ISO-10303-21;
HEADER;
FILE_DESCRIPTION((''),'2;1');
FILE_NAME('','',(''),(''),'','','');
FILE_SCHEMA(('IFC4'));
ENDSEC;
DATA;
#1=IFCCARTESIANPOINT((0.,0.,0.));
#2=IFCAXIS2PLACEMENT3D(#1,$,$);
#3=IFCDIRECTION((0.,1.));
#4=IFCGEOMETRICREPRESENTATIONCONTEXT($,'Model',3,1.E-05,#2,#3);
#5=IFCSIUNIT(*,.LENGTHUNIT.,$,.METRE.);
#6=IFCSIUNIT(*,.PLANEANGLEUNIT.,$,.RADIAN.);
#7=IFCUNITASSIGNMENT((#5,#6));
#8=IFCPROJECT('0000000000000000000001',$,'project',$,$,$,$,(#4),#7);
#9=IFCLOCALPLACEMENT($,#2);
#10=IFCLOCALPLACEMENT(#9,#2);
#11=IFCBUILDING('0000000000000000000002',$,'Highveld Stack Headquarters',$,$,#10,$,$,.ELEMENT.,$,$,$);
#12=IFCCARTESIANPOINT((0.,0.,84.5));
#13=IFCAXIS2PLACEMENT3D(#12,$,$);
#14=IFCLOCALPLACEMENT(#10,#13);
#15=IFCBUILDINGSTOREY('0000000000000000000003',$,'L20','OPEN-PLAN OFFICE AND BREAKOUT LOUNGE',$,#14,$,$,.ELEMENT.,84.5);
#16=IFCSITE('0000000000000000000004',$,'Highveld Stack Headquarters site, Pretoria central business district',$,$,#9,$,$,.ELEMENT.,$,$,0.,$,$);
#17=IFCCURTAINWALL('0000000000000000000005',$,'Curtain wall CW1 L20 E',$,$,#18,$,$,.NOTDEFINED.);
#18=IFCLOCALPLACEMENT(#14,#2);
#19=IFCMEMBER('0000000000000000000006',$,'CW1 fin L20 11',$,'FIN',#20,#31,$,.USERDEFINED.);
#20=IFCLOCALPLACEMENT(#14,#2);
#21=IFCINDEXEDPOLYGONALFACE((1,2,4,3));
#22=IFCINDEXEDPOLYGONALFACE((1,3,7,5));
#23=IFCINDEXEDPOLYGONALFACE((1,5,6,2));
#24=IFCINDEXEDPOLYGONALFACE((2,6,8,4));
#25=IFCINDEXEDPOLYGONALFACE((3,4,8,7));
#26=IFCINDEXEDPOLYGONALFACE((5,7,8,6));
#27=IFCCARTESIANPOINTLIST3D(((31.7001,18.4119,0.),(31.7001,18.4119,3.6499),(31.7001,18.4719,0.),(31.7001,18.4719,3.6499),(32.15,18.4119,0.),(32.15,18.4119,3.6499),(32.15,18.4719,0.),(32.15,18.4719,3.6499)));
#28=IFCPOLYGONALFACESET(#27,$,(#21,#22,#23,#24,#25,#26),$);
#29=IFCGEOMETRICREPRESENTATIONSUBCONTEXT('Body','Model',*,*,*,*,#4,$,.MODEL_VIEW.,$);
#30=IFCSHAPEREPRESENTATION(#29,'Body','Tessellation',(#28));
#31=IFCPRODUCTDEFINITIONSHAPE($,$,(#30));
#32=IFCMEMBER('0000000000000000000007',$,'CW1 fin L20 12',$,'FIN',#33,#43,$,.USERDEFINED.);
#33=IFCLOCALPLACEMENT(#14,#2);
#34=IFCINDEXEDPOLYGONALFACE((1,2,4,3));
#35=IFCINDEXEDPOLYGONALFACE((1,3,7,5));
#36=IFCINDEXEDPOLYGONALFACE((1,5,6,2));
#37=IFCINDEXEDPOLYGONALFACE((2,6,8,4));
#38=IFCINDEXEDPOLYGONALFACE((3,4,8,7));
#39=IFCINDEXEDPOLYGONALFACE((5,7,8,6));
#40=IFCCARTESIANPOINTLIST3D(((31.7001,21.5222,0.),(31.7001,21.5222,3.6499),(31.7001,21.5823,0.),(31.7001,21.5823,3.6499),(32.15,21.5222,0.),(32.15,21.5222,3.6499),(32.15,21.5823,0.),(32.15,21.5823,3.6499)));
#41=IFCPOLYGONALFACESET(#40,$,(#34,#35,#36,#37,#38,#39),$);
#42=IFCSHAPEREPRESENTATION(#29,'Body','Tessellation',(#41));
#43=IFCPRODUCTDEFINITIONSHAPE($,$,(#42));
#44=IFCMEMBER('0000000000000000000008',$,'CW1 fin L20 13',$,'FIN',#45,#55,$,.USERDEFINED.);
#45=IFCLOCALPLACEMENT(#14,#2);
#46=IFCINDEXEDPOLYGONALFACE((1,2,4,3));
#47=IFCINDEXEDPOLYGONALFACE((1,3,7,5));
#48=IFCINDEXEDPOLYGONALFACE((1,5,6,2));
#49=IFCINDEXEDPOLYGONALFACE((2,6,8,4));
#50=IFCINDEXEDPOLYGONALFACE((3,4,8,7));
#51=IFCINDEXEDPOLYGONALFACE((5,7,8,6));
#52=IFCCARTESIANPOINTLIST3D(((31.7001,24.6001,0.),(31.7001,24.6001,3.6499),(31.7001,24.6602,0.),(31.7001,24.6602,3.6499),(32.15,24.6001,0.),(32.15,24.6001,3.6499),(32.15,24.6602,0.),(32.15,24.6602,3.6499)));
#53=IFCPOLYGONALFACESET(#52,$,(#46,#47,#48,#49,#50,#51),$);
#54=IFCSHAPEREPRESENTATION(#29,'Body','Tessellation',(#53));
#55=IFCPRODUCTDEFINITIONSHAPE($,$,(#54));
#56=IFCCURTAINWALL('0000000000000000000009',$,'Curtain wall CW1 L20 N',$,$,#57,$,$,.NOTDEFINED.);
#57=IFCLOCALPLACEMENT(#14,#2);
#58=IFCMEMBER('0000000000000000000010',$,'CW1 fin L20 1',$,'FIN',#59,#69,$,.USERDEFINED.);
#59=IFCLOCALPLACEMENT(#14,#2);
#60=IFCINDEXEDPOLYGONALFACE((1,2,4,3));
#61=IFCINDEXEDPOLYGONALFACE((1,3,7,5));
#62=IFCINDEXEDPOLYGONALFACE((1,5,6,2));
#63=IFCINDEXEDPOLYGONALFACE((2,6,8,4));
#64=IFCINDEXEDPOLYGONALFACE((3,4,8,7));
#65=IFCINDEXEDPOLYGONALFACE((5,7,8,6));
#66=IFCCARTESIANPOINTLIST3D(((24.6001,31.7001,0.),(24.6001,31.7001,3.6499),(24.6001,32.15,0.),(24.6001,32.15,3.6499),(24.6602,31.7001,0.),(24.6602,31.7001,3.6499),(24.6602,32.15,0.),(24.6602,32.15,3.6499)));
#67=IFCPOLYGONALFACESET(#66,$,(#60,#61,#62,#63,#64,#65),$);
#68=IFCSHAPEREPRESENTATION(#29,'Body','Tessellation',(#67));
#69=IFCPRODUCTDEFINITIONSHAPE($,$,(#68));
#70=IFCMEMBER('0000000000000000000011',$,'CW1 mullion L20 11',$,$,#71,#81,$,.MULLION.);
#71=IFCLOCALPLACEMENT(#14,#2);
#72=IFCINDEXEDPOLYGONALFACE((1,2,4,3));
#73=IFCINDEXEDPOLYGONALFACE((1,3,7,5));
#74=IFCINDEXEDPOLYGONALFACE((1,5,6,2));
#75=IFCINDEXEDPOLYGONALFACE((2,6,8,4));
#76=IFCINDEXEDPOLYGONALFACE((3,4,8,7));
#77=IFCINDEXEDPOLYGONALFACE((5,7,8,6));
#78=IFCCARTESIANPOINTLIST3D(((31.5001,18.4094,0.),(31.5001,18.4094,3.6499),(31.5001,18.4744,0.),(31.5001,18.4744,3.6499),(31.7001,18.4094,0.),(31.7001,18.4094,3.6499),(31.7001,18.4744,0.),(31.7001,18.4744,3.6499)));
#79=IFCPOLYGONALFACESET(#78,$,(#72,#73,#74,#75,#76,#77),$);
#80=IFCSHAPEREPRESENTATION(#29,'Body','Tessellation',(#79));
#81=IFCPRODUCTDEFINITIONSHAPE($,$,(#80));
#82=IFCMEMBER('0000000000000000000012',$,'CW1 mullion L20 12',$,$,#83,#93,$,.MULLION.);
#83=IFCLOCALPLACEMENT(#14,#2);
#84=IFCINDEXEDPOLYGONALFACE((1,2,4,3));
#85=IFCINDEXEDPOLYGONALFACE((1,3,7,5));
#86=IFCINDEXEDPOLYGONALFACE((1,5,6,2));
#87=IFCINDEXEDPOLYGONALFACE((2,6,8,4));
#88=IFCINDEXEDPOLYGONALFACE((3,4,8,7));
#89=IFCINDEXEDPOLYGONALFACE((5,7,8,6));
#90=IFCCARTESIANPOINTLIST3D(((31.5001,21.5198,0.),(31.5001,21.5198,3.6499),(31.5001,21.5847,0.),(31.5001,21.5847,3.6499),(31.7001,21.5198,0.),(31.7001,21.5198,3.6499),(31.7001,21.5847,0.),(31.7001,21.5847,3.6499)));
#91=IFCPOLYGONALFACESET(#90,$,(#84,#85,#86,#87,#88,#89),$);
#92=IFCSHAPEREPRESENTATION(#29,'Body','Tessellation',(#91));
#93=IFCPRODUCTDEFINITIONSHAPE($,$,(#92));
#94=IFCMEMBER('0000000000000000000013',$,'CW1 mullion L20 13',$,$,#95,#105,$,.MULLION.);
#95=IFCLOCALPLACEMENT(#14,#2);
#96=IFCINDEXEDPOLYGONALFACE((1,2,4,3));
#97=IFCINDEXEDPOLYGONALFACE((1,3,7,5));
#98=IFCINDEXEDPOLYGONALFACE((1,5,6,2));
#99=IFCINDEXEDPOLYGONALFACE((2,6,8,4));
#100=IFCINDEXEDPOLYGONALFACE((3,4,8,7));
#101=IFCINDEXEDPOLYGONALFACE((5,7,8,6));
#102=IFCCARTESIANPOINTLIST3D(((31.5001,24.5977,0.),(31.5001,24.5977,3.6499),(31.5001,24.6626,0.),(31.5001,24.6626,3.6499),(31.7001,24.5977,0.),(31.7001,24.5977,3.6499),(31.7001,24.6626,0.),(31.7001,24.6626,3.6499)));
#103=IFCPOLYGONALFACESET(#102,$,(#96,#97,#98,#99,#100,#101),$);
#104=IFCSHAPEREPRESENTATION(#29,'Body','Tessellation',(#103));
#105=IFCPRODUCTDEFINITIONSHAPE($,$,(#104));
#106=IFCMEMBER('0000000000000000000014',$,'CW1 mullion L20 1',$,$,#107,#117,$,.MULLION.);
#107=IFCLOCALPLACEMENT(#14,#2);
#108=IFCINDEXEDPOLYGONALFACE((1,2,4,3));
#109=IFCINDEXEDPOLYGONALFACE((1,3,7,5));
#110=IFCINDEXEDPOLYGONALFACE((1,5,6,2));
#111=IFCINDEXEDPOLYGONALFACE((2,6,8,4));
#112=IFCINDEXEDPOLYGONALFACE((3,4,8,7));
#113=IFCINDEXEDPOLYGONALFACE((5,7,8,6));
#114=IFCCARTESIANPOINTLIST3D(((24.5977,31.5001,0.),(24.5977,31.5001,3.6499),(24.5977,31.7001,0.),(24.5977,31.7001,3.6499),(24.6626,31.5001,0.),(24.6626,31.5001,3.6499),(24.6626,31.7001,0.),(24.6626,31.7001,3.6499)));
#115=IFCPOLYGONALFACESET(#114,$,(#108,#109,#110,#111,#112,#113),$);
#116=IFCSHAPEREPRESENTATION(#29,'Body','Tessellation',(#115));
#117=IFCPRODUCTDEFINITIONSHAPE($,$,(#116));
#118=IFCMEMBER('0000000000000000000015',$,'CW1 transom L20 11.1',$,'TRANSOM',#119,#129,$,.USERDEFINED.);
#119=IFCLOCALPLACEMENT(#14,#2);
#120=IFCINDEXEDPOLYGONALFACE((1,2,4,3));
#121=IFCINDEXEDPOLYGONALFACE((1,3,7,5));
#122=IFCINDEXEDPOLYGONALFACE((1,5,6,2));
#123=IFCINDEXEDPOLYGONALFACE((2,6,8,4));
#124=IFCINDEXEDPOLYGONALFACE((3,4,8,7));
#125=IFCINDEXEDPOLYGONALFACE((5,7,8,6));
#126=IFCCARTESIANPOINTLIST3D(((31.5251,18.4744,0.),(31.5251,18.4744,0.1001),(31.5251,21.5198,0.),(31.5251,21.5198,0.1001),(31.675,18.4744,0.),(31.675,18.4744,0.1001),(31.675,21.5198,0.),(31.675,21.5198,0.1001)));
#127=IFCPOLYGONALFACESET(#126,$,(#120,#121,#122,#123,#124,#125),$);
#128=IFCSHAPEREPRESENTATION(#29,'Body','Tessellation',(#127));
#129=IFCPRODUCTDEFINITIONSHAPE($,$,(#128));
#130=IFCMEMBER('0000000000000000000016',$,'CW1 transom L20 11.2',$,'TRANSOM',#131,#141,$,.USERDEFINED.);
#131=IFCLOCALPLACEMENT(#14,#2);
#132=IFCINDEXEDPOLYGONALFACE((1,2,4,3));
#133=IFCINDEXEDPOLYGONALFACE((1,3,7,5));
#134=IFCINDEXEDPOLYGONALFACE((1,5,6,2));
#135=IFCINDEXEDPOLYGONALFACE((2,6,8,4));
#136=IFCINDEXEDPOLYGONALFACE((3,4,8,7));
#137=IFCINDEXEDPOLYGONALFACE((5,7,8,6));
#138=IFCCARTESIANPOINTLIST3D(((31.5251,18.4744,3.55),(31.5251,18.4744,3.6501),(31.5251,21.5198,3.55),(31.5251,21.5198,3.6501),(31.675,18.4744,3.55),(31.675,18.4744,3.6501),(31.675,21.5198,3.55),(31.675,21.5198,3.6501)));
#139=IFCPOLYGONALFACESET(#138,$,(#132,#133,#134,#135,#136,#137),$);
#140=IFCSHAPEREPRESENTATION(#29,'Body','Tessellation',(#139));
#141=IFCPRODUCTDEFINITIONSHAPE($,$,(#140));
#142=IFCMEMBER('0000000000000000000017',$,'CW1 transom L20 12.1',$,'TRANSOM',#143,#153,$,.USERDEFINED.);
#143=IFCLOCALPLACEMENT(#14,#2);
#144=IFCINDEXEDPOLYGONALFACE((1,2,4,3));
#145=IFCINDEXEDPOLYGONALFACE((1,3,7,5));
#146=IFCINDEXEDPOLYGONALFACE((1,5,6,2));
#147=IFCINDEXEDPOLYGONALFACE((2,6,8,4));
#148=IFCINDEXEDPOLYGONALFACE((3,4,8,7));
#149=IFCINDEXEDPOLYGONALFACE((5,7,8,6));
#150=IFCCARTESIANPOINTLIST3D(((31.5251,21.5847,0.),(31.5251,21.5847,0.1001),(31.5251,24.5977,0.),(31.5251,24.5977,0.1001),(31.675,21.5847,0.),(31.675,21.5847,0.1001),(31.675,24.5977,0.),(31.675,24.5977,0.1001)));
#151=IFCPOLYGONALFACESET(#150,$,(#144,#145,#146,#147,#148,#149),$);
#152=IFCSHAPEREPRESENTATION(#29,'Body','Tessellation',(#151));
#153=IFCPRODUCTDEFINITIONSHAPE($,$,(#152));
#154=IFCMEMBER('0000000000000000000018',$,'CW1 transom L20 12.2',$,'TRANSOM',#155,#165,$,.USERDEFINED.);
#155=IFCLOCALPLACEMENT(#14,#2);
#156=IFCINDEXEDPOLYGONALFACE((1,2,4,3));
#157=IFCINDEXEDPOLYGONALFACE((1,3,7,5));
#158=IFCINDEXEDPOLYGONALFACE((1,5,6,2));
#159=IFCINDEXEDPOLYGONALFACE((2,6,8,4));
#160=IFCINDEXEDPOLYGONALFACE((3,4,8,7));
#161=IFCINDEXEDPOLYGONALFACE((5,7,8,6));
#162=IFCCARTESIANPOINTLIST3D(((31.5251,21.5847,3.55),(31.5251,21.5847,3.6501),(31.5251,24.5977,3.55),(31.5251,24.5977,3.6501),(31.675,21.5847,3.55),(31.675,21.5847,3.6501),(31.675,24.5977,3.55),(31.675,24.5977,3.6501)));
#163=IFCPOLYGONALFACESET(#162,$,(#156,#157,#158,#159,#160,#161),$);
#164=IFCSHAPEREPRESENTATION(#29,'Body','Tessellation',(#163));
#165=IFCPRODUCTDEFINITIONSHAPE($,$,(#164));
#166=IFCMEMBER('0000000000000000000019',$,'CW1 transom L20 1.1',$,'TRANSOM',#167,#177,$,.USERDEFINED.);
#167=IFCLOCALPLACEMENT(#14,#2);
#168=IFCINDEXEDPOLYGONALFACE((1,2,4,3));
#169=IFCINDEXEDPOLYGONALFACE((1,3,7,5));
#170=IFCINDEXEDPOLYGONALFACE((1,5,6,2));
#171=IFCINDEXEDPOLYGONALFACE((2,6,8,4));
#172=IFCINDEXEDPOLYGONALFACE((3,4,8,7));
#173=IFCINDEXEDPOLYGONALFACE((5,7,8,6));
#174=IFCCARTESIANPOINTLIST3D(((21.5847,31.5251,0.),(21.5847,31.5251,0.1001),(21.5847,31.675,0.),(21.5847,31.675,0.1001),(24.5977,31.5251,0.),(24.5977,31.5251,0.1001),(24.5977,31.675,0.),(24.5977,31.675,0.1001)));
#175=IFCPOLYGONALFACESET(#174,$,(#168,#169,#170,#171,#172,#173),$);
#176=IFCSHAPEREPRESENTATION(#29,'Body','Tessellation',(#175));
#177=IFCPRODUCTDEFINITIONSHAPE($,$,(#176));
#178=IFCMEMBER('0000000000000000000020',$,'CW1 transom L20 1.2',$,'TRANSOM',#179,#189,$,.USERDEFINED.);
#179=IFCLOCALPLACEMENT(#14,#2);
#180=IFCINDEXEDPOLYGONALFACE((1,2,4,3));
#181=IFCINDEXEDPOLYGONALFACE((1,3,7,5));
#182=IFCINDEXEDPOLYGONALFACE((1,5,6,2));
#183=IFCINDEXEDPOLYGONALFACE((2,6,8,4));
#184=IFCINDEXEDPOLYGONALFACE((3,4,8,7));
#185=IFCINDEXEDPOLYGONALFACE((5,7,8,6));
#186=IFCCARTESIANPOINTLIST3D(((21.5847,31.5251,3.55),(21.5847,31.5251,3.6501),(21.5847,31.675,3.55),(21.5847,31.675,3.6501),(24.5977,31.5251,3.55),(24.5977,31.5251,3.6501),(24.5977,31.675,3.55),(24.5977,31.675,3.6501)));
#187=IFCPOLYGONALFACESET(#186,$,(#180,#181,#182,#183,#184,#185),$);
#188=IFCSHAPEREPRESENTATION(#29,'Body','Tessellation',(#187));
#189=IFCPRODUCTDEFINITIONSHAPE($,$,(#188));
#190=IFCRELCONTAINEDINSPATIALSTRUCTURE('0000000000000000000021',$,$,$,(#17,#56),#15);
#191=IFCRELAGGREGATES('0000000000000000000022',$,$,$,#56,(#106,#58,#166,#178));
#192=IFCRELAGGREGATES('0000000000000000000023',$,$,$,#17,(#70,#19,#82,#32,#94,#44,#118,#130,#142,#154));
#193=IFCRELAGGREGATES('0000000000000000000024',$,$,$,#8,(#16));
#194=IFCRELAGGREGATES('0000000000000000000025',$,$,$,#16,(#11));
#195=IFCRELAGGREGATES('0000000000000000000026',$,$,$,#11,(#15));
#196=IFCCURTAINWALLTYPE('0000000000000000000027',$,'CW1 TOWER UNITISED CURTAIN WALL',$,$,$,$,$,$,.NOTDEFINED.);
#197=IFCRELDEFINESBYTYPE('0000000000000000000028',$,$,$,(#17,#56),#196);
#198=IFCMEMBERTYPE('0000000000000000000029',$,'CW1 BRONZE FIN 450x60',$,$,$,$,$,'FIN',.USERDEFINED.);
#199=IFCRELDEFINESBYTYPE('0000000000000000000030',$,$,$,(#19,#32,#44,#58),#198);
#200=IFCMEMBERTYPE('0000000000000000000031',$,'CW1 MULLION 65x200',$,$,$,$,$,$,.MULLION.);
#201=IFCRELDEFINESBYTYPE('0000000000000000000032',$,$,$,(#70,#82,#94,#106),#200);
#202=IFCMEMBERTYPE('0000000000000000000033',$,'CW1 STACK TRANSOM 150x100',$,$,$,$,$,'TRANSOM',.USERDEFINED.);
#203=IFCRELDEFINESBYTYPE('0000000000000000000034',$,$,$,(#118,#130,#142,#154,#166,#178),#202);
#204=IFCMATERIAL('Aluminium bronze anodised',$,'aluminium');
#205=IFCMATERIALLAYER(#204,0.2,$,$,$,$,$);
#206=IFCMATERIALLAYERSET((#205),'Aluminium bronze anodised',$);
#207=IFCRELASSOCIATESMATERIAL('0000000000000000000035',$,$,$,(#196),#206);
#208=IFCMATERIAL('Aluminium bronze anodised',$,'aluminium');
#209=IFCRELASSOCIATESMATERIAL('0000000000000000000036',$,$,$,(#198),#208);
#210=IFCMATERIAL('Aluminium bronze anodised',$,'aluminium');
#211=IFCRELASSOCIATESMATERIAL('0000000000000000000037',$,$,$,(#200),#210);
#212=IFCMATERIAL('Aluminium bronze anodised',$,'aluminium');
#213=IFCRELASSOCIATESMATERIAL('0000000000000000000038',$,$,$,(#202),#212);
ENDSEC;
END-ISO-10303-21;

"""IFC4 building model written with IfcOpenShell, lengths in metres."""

from ifc_helpers import new_model, si_unit, direction, frame, origin, origin_2d, place, context, subcontext, project, spatial, rectangle, extrude, material, layer, layer_set, material_profile, profile_set, type_object, element, aggregate, save


model = new_model("IFC4")

# Units and contexts
model_context = context("Model", 3, precision=1e-05, world=origin(), true_north=direction((0.0, 1.0)))
body_context = subcontext(model_context, "Body", "Model", "MODEL_VIEW")
ifc_project = project(units=[si_unit("LENGTHUNIT", "METRE"), si_unit("PLANEANGLEUNIT", "RADIAN")], contexts=[model_context])

# Site, building, storey
site_placement = place(None, origin())
site = spatial("IfcSite", under=ifc_project, at=site_placement, Name="Highveld Stack Headquarters site, Pretoria central business district", CompositionType="ELEMENT", RefElevation=0.0)
building_placement = place(site_placement, origin())
building = spatial("IfcBuilding", under=site, at=building_placement, Name="Highveld Stack Headquarters", CompositionType="ELEMENT")
storey_placement = place(building_placement, frame((0.0, 0.0, 84.5)))
storey = spatial("IfcBuildingStorey", under=building, at=storey_placement, Name="L20", Description="OPEN-PLAN OFFICE AND BREAKOUT LOUNGE", CompositionType="ELEMENT", Elevation=84.5)

# Curtain wall, members
ifc_material_1 = material(Name="Aluminium bronze anodised", Category="aluminium")
ifc_layer_1 = layer(ifc_material_1, 0.2)
ifc_layer_set_1 = layer_set([ifc_layer_1], Name="Aluminium bronze anodised")
curtain_wall_type_1 = type_object("IfcCurtainWallType", Name="CW1 TOWER UNITISED CURTAIN WALL", PredefinedType="NOTDEFINED", material=ifc_layer_set_1)
curtain_wall_1_placement = place(storey_placement, origin())
curtain_wall_1 = element("IfcCurtainWall", 1, at=curtain_wall_1_placement, inside=storey, type_object=curtain_wall_type_1, Name="Curtain wall CW1 L20 E", PredefinedType="NOTDEFINED")
ifc_material_2 = material(Name="Aluminium bronze anodised", Category="aluminium")
ifc_material_profile_1 = material_profile(ifc_material_2, rectangle(XDim=0.45, YDim=0.0601, at=origin_2d()), Name="FIN 450x60")
ifc_profile_set_1 = profile_set([ifc_material_profile_1], Name="Aluminium bronze anodised")
member_type_1 = type_object("IfcMemberType", Name="CW1 BRONZE FIN 450x60", ElementType="FIN", PredefinedType="USERDEFINED", material=ifc_profile_set_1)
member_1_placement = place(storey_placement, frame((31.925, 18.4419, 0.0), z_axis=(0.0, 0.0, 1.0), x_axis=(-1.0, 0.0, 0.0)))
member_1 = element("IfcMember", 2, at=member_1_placement, type_object=member_type_1, Name="CW1 fin L20 11", ObjectType="FIN", PredefinedType="USERDEFINED", context=body_context, shape_type="SweptSolid", body=[
    extrude(rectangle(XDim=0.45, YDim=0.0601, at=origin_2d()), origin(), (0.0, 0.0, 1.0), 3.6499),
])
member_2_placement = place(storey_placement, frame((31.925, 21.5522, 0.0), z_axis=(0.0, 0.0, 1.0), x_axis=(-1.0, 0.0, 0.0)))
member_2 = element("IfcMember", 3, at=member_2_placement, type_object=member_type_1, Name="CW1 fin L20 12", ObjectType="FIN", PredefinedType="USERDEFINED", context=body_context, shape_type="SweptSolid", body=[
    extrude(rectangle(XDim=0.45, YDim=0.0601, at=origin_2d()), origin(), (0.0, 0.0, 1.0), 3.6499),
])
member_3_placement = place(storey_placement, frame((31.925, 24.6301, 0.0), z_axis=(0.0, 0.0, 1.0), x_axis=(-1.0, 0.0, 0.0)))
member_3 = element("IfcMember", 4, at=member_3_placement, type_object=member_type_1, Name="CW1 fin L20 13", ObjectType="FIN", PredefinedType="USERDEFINED", context=body_context, shape_type="SweptSolid", body=[
    extrude(rectangle(XDim=0.45, YDim=0.0601, at=origin_2d()), origin(), (0.0, 0.0, 1.0), 3.6499),
])

# Curtain wall, member
curtain_wall_2_placement = place(storey_placement, origin())
curtain_wall_2 = element("IfcCurtainWall", 5, at=curtain_wall_2_placement, inside=storey, type_object=curtain_wall_type_1, Name="Curtain wall CW1 L20 N", PredefinedType="NOTDEFINED")
member_4_placement = place(storey_placement, frame((24.6301, 31.925, 0.0), z_axis=(0.0, 0.0, 1.0), x_axis=(0.0, -1.0, 0.0)))
member_4 = element("IfcMember", 6, at=member_4_placement, type_object=member_type_1, Name="CW1 fin L20 1", ObjectType="FIN", PredefinedType="USERDEFINED", context=body_context, shape_type="SweptSolid", body=[
    extrude(rectangle(XDim=0.45, YDim=0.0601, at=origin_2d()), origin(), (0.0, 0.0, 1.0), 3.6499),
])

# Members
ifc_material_3 = material(Name="Aluminium bronze anodised", Category="aluminium")
ifc_material_profile_2 = material_profile(ifc_material_3, rectangle(XDim=0.2, YDim=0.0649, at=origin_2d()), Name="CW1 MULLION 65x200")
ifc_profile_set_2 = profile_set([ifc_material_profile_2], Name="Aluminium bronze anodised")
member_type_2 = type_object("IfcMemberType", Name="CW1 MULLION 65x200", PredefinedType="MULLION", material=ifc_profile_set_2)
member_5_placement = place(storey_placement, frame((31.6001, 18.4419, 0.0), z_axis=(0.0, 0.0, 1.0), x_axis=(-1.0, 0.0, 0.0)))
member_5 = element("IfcMember", 7, at=member_5_placement, type_object=member_type_2, Name="CW1 mullion L20 11", PredefinedType="MULLION", context=body_context, shape_type="SweptSolid", body=[
    extrude(rectangle(XDim=0.2, YDim=0.0649, at=origin_2d()), origin(), (0.0, 0.0, 1.0), 3.6499),
])
member_6_placement = place(storey_placement, frame((31.6001, 21.5522, 0.0), z_axis=(0.0, 0.0, 1.0), x_axis=(-1.0, 0.0, 0.0)))
member_6 = element("IfcMember", 8, at=member_6_placement, type_object=member_type_2, Name="CW1 mullion L20 12", PredefinedType="MULLION", context=body_context, shape_type="SweptSolid", body=[
    extrude(rectangle(XDim=0.2, YDim=0.0649, at=origin_2d()), origin(), (0.0, 0.0, 1.0), 3.6499),
])
member_7_placement = place(storey_placement, frame((31.6001, 24.6301, 0.0), z_axis=(0.0, 0.0, 1.0), x_axis=(-1.0, 0.0, 0.0)))
member_7 = element("IfcMember", 9, at=member_7_placement, type_object=member_type_2, Name="CW1 mullion L20 13", PredefinedType="MULLION", context=body_context, shape_type="SweptSolid", body=[
    extrude(rectangle(XDim=0.2, YDim=0.0649, at=origin_2d()), origin(), (0.0, 0.0, 1.0), 3.6499),
])
member_8_placement = place(storey_placement, frame((24.6301, 31.6001, 0.0), z_axis=(0.0, 0.0, 1.0), x_axis=(0.0, -1.0, 0.0)))
member_8 = element("IfcMember", 10, at=member_8_placement, type_object=member_type_2, Name="CW1 mullion L20 1", PredefinedType="MULLION", context=body_context, shape_type="SweptSolid", body=[
    extrude(rectangle(XDim=0.2, YDim=0.0649, at=origin_2d()), origin(), (0.0, 0.0, 1.0), 3.6499),
])
ifc_material_4 = material(Name="Aluminium bronze anodised", Category="aluminium")
ifc_material_profile_3 = material_profile(ifc_material_4, rectangle(XDim=0.1499, YDim=0.1001, at=origin_2d()), Name="CW1 TRANSOM 150x100")
ifc_profile_set_3 = profile_set([ifc_material_profile_3], Name="Aluminium bronze anodised")
member_type_3 = type_object("IfcMemberType", Name="CW1 STACK TRANSOM 150x100", ElementType="TRANSOM", PredefinedType="USERDEFINED", material=ifc_profile_set_3)
member_9_placement = place(storey_placement, frame((31.6001, 18.4744, 0.05), z_axis=(0.0, 1.0, 0.0), x_axis=(-1.0, 0.0, 0.0)))
member_9 = element("IfcMember", 11, at=member_9_placement, type_object=member_type_3, Name="CW1 transom L20 11.1", ObjectType="TRANSOM", PredefinedType="USERDEFINED", context=body_context, shape_type="SweptSolid", body=[
    extrude(rectangle(XDim=0.1499, YDim=0.1001, at=origin_2d()), origin(), (0.0, 0.0, 1.0), 3.0454),
])
member_10_placement = place(storey_placement, frame((31.6001, 18.4744, 3.6001), z_axis=(0.0, 1.0, 0.0), x_axis=(-1.0, 0.0, 0.0)))
member_10 = element("IfcMember", 12, at=member_10_placement, type_object=member_type_3, Name="CW1 transom L20 11.2", ObjectType="TRANSOM", PredefinedType="USERDEFINED", context=body_context, shape_type="SweptSolid", body=[
    extrude(rectangle(XDim=0.1499, YDim=0.1001, at=origin_2d()), origin(), (0.0, 0.0, 1.0), 3.0454),
])
member_11_placement = place(storey_placement, frame((31.6001, 21.5847, 0.05), z_axis=(0.0, 1.0, 0.0), x_axis=(-1.0, 0.0, 0.0)))
member_11 = element("IfcMember", 13, at=member_11_placement, type_object=member_type_3, Name="CW1 transom L20 12.1", ObjectType="TRANSOM", PredefinedType="USERDEFINED", context=body_context, shape_type="SweptSolid", body=[
    extrude(rectangle(XDim=0.1499, YDim=0.1001, at=origin_2d()), origin(), (0.0, 0.0, 1.0), 3.0129),
])
member_12_placement = place(storey_placement, frame((31.6001, 21.5847, 3.6001), z_axis=(0.0, 1.0, 0.0), x_axis=(-1.0, 0.0, 0.0)))
member_12 = element("IfcMember", 14, at=member_12_placement, type_object=member_type_3, Name="CW1 transom L20 12.2", ObjectType="TRANSOM", PredefinedType="USERDEFINED", context=body_context, shape_type="SweptSolid", body=[
    extrude(rectangle(XDim=0.1499, YDim=0.1001, at=origin_2d()), origin(), (0.0, 0.0, 1.0), 3.0129),
])
member_13_placement = place(storey_placement, frame((24.5977, 31.6001, 0.05), z_axis=(-1.0, 0.0, 0.0), x_axis=(0.0, -1.0, 0.0)))
member_13 = element("IfcMember", 15, at=member_13_placement, type_object=member_type_3, Name="CW1 transom L20 1.1", ObjectType="TRANSOM", PredefinedType="USERDEFINED", context=body_context, shape_type="SweptSolid", body=[
    extrude(rectangle(XDim=0.1499, YDim=0.1001, at=origin_2d()), origin(), (0.0, 0.0, 1.0), 3.0129),
])
member_14_placement = place(storey_placement, frame((24.5977, 31.6001, 3.6001), z_axis=(-1.0, 0.0, 0.0), x_axis=(0.0, -1.0, 0.0)))
member_14 = element("IfcMember", 16, at=member_14_placement, type_object=member_type_3, Name="CW1 transom L20 1.2", ObjectType="TRANSOM", PredefinedType="USERDEFINED", context=body_context, shape_type="SweptSolid", body=[
    extrude(rectangle(XDim=0.1499, YDim=0.1001, at=origin_2d()), origin(), (0.0, 0.0, 1.0), 3.0129),
])
aggregate(curtain_wall_2, [member_8, member_4, member_13, member_14])

aggregate(curtain_wall_1, [member_5, member_1, member_6, member_2, member_7, member_3, member_9, member_10, member_11, member_12])

save(model, "model.ifc")
